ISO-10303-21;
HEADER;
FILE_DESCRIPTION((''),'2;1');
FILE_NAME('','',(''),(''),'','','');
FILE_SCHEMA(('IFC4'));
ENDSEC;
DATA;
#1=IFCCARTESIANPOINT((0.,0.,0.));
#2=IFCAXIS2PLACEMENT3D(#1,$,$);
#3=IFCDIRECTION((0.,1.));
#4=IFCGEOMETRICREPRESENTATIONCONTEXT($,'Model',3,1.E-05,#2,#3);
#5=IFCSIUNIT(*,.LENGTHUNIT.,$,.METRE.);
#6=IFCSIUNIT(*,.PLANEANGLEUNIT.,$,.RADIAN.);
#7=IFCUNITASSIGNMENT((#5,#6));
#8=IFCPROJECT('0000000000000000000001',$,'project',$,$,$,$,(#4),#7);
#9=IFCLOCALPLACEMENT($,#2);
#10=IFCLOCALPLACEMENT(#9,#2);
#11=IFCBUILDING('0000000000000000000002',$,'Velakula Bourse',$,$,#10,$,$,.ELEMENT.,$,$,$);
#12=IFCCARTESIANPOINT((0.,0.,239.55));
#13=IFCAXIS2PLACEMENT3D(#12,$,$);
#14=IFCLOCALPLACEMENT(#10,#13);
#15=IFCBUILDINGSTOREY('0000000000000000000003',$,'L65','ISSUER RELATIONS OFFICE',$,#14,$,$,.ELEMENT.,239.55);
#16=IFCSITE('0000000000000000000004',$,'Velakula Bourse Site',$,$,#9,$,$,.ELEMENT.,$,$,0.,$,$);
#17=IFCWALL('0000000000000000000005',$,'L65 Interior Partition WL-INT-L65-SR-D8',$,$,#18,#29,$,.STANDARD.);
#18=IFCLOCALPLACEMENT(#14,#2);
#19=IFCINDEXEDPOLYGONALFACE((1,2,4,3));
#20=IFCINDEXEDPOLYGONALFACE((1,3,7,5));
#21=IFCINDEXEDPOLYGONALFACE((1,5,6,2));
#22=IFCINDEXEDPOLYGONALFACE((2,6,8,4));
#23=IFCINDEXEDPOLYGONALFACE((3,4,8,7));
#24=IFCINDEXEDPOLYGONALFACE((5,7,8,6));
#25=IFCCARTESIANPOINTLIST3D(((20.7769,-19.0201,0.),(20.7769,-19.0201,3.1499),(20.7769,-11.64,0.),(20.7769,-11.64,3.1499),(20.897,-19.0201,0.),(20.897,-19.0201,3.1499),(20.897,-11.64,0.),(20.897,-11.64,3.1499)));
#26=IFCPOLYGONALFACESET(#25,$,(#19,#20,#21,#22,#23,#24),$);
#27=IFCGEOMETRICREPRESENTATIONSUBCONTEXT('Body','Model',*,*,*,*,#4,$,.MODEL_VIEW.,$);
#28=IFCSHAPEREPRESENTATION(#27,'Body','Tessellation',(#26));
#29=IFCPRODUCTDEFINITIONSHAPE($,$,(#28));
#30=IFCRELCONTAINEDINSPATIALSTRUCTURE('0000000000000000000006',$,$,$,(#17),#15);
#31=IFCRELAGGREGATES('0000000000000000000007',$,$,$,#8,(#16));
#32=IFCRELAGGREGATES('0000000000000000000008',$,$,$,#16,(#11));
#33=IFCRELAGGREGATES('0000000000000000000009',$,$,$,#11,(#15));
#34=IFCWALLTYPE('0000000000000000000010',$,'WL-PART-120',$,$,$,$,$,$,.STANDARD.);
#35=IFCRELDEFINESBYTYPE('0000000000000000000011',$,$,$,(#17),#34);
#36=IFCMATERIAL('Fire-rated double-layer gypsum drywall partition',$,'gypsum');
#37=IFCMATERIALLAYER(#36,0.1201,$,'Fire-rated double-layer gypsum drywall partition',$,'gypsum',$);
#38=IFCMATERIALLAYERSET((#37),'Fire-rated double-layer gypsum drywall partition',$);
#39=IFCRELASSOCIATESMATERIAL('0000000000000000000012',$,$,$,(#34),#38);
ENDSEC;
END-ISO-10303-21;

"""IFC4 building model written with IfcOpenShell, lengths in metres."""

from ifc_helpers import new_model, si_unit, direction, frame, frame_2d, origin, place, context, subcontext, project, spatial, rectangle, extrude, material, layer, layer_set, type_object, element, save


model = new_model("IFC4")

# Units and contexts
model_context = context("Model", 3, precision=1e-05, world=origin(), true_north=direction((0.0, 1.0)))
body_context = subcontext(model_context, "Body", "Model", "MODEL_VIEW")
ifc_project = project(units=[si_unit("LENGTHUNIT", "METRE"), si_unit("PLANEANGLEUNIT", "RADIAN")], contexts=[model_context])

# Site, building, storey
site_placement = place(None, origin())
site = spatial("IfcSite", under=ifc_project, at=site_placement, Name="Velakula Bourse Site", CompositionType="ELEMENT", RefElevation=0.0)
building_placement = place(site_placement, origin())
building = spatial("IfcBuilding", under=site, at=building_placement, Name="Velakula Bourse", CompositionType="ELEMENT")
storey_placement = place(building_placement, frame((0.0, 0.0, 239.55)))
storey = spatial("IfcBuildingStorey", under=building, at=storey_placement, Name="L65", Description="ISSUER RELATIONS OFFICE", CompositionType="ELEMENT", Elevation=239.55)

# Wall
ifc_material_1 = material(Name="Fire-rated double-layer gypsum drywall partition", Category="gypsum")
ifc_layer_1 = layer(ifc_material_1, 0.1201, Name="Fire-rated double-layer gypsum drywall partition", Category="gypsum")
ifc_layer_set_1 = layer_set([ifc_layer_1], Name="Fire-rated double-layer gypsum drywall partition")
wall_type_1 = type_object("IfcWallType", Name="WL-PART-120", PredefinedType="STANDARD", material=ifc_layer_set_1)
wall_1_placement = place(storey_placement, frame((20.8369, -19.02, 0.0), z_axis=(0.0, 0.0, 1.0), x_axis=(0.0, 1.0, 0.0)))
element("IfcWall", 1, at=wall_1_placement, inside=storey, type_object=wall_type_1, Name="L65 Interior Partition WL-INT-L65-SR-D8", PredefinedType="STANDARD", context=body_context, shape_type="SweptSolid", body=[
    extrude(rectangle(XDim=7.3801, YDim=0.1201, at=frame_2d((3.6899, 0.0))), origin(), (0.0, 0.0, 1.0), 3.1499),
])

save(model, "model.ifc")
